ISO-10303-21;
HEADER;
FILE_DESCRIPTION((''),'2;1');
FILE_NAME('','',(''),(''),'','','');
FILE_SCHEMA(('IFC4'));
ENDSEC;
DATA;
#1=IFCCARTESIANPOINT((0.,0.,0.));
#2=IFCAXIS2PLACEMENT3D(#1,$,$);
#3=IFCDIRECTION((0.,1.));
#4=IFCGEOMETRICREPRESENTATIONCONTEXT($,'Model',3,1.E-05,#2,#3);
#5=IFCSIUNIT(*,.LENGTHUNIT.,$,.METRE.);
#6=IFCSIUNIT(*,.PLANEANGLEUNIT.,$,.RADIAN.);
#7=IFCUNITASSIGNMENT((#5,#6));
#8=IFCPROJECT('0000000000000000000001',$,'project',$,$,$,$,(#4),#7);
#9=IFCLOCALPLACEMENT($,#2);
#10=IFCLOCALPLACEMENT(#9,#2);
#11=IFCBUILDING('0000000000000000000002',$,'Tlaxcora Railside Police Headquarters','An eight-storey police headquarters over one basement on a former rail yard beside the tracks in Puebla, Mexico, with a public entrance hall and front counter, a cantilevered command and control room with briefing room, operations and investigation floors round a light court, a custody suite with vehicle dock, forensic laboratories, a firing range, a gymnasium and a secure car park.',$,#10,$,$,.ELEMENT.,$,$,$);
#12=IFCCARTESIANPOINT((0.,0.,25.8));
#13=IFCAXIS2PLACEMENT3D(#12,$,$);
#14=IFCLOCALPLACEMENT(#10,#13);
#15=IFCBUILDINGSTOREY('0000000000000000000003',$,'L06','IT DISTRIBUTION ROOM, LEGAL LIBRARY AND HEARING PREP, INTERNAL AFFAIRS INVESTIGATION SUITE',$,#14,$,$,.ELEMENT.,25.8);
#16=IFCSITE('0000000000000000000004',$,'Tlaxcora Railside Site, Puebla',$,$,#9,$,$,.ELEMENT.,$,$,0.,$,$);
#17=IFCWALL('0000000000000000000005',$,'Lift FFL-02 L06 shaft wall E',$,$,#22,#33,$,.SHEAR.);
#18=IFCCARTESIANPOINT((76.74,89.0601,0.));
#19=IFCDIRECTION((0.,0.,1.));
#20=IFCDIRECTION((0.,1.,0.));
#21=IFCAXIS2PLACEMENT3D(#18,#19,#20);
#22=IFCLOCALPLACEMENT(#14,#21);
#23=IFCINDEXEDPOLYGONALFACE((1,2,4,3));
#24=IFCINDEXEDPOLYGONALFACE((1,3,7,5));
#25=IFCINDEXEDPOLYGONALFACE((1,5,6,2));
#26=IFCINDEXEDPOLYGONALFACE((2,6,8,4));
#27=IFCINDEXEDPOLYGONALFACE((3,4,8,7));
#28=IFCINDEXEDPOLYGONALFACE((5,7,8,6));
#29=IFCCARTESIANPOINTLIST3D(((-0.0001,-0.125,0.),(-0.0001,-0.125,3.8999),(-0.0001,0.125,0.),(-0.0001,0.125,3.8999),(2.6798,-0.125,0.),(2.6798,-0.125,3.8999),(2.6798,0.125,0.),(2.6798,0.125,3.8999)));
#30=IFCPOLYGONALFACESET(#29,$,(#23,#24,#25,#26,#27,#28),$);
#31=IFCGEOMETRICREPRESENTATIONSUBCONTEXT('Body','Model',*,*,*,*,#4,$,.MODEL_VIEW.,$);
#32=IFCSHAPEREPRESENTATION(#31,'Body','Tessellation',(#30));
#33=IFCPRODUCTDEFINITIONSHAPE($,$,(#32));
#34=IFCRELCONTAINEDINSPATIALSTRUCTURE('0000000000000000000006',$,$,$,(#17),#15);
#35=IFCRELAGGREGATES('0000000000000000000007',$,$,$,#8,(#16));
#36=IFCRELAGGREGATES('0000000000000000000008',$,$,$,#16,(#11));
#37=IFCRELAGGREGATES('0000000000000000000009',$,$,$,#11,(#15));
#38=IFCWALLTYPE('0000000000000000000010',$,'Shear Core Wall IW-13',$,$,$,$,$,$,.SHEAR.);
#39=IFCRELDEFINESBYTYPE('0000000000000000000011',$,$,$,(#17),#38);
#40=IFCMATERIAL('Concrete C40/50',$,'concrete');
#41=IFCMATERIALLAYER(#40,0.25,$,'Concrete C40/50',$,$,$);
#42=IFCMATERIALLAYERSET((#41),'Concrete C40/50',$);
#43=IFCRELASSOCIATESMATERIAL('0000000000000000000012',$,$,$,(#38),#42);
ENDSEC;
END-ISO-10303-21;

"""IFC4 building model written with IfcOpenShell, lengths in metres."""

from ifc_helpers import new_model, si_unit, direction, frame, frame_2d, origin, place, context, subcontext, project, spatial, rectangle, extrude, material, layer, layer_set, type_object, element, save


model = new_model("IFC4")

# Units and contexts
model_context = context("Model", 3, precision=1e-05, world=origin(), true_north=direction((0.0, 1.0)))
body_context = subcontext(model_context, "Body", "Model", "MODEL_VIEW")
ifc_project = project(units=[si_unit("LENGTHUNIT", "METRE"), si_unit("PLANEANGLEUNIT", "RADIAN")], contexts=[model_context])

# Site, building, storey
site_placement = place(None, origin())
site = spatial("IfcSite", under=ifc_project, at=site_placement, Name="Tlaxcora Railside Site, Puebla", CompositionType="ELEMENT", RefElevation=0.0)
building_placement = place(site_placement, origin())
building = spatial("IfcBuilding", under=site, at=building_placement, Name="Tlaxcora Railside Police Headquarters", Description="An eight-storey police headquarters over one basement on a former rail yard beside the tracks in Puebla, Mexico, with a public entrance hall and front counter, a cantilevered command and control room with briefing room, operations and investigation floors round a light court, a custody suite with vehicle dock, forensic laboratories, a firing range, a gymnasium and a secure car park.", CompositionType="ELEMENT")
storey_placement = place(building_placement, frame((0.0, 0.0, 25.8)))
storey = spatial("IfcBuildingStorey", under=building, at=storey_placement, Name="L06", Description="IT DISTRIBUTION ROOM, LEGAL LIBRARY AND HEARING PREP, INTERNAL AFFAIRS INVESTIGATION SUITE", CompositionType="ELEMENT", Elevation=25.8)

# Shared definitions
ifc_material_1 = material(Name="Concrete C40/50", Category="concrete")

# Shared definitions
ifc_layer_1 = layer(ifc_material_1, 0.25, Name="Concrete C40/50")
ifc_layer_set_1 = layer_set([ifc_layer_1], Name="Concrete C40/50")
wall_type_1 = type_object("IfcWallType", Name="Shear Core Wall IW-13", PredefinedType="SHEAR", material=ifc_layer_set_1)

# Wall
wall_1_placement = place(storey_placement, frame((76.74, 89.0601, 0.0), z_axis=(0.0, 0.0, 1.0), x_axis=(0.0, 1.0, 0.0)))
element("IfcWall", 1, at=wall_1_placement, inside=storey, type_object=wall_type_1, Name="Lift FFL-02 L06 shaft wall E", PredefinedType="SHEAR", context=body_context, shape_type="SweptSolid", body=[
    extrude(rectangle(XDim=2.6799, YDim=0.25, at=frame_2d((1.3398, 0.0))), origin(), (0.0, 0.0, 1.0), 3.8999),
])

save(model, "model.ifc")
